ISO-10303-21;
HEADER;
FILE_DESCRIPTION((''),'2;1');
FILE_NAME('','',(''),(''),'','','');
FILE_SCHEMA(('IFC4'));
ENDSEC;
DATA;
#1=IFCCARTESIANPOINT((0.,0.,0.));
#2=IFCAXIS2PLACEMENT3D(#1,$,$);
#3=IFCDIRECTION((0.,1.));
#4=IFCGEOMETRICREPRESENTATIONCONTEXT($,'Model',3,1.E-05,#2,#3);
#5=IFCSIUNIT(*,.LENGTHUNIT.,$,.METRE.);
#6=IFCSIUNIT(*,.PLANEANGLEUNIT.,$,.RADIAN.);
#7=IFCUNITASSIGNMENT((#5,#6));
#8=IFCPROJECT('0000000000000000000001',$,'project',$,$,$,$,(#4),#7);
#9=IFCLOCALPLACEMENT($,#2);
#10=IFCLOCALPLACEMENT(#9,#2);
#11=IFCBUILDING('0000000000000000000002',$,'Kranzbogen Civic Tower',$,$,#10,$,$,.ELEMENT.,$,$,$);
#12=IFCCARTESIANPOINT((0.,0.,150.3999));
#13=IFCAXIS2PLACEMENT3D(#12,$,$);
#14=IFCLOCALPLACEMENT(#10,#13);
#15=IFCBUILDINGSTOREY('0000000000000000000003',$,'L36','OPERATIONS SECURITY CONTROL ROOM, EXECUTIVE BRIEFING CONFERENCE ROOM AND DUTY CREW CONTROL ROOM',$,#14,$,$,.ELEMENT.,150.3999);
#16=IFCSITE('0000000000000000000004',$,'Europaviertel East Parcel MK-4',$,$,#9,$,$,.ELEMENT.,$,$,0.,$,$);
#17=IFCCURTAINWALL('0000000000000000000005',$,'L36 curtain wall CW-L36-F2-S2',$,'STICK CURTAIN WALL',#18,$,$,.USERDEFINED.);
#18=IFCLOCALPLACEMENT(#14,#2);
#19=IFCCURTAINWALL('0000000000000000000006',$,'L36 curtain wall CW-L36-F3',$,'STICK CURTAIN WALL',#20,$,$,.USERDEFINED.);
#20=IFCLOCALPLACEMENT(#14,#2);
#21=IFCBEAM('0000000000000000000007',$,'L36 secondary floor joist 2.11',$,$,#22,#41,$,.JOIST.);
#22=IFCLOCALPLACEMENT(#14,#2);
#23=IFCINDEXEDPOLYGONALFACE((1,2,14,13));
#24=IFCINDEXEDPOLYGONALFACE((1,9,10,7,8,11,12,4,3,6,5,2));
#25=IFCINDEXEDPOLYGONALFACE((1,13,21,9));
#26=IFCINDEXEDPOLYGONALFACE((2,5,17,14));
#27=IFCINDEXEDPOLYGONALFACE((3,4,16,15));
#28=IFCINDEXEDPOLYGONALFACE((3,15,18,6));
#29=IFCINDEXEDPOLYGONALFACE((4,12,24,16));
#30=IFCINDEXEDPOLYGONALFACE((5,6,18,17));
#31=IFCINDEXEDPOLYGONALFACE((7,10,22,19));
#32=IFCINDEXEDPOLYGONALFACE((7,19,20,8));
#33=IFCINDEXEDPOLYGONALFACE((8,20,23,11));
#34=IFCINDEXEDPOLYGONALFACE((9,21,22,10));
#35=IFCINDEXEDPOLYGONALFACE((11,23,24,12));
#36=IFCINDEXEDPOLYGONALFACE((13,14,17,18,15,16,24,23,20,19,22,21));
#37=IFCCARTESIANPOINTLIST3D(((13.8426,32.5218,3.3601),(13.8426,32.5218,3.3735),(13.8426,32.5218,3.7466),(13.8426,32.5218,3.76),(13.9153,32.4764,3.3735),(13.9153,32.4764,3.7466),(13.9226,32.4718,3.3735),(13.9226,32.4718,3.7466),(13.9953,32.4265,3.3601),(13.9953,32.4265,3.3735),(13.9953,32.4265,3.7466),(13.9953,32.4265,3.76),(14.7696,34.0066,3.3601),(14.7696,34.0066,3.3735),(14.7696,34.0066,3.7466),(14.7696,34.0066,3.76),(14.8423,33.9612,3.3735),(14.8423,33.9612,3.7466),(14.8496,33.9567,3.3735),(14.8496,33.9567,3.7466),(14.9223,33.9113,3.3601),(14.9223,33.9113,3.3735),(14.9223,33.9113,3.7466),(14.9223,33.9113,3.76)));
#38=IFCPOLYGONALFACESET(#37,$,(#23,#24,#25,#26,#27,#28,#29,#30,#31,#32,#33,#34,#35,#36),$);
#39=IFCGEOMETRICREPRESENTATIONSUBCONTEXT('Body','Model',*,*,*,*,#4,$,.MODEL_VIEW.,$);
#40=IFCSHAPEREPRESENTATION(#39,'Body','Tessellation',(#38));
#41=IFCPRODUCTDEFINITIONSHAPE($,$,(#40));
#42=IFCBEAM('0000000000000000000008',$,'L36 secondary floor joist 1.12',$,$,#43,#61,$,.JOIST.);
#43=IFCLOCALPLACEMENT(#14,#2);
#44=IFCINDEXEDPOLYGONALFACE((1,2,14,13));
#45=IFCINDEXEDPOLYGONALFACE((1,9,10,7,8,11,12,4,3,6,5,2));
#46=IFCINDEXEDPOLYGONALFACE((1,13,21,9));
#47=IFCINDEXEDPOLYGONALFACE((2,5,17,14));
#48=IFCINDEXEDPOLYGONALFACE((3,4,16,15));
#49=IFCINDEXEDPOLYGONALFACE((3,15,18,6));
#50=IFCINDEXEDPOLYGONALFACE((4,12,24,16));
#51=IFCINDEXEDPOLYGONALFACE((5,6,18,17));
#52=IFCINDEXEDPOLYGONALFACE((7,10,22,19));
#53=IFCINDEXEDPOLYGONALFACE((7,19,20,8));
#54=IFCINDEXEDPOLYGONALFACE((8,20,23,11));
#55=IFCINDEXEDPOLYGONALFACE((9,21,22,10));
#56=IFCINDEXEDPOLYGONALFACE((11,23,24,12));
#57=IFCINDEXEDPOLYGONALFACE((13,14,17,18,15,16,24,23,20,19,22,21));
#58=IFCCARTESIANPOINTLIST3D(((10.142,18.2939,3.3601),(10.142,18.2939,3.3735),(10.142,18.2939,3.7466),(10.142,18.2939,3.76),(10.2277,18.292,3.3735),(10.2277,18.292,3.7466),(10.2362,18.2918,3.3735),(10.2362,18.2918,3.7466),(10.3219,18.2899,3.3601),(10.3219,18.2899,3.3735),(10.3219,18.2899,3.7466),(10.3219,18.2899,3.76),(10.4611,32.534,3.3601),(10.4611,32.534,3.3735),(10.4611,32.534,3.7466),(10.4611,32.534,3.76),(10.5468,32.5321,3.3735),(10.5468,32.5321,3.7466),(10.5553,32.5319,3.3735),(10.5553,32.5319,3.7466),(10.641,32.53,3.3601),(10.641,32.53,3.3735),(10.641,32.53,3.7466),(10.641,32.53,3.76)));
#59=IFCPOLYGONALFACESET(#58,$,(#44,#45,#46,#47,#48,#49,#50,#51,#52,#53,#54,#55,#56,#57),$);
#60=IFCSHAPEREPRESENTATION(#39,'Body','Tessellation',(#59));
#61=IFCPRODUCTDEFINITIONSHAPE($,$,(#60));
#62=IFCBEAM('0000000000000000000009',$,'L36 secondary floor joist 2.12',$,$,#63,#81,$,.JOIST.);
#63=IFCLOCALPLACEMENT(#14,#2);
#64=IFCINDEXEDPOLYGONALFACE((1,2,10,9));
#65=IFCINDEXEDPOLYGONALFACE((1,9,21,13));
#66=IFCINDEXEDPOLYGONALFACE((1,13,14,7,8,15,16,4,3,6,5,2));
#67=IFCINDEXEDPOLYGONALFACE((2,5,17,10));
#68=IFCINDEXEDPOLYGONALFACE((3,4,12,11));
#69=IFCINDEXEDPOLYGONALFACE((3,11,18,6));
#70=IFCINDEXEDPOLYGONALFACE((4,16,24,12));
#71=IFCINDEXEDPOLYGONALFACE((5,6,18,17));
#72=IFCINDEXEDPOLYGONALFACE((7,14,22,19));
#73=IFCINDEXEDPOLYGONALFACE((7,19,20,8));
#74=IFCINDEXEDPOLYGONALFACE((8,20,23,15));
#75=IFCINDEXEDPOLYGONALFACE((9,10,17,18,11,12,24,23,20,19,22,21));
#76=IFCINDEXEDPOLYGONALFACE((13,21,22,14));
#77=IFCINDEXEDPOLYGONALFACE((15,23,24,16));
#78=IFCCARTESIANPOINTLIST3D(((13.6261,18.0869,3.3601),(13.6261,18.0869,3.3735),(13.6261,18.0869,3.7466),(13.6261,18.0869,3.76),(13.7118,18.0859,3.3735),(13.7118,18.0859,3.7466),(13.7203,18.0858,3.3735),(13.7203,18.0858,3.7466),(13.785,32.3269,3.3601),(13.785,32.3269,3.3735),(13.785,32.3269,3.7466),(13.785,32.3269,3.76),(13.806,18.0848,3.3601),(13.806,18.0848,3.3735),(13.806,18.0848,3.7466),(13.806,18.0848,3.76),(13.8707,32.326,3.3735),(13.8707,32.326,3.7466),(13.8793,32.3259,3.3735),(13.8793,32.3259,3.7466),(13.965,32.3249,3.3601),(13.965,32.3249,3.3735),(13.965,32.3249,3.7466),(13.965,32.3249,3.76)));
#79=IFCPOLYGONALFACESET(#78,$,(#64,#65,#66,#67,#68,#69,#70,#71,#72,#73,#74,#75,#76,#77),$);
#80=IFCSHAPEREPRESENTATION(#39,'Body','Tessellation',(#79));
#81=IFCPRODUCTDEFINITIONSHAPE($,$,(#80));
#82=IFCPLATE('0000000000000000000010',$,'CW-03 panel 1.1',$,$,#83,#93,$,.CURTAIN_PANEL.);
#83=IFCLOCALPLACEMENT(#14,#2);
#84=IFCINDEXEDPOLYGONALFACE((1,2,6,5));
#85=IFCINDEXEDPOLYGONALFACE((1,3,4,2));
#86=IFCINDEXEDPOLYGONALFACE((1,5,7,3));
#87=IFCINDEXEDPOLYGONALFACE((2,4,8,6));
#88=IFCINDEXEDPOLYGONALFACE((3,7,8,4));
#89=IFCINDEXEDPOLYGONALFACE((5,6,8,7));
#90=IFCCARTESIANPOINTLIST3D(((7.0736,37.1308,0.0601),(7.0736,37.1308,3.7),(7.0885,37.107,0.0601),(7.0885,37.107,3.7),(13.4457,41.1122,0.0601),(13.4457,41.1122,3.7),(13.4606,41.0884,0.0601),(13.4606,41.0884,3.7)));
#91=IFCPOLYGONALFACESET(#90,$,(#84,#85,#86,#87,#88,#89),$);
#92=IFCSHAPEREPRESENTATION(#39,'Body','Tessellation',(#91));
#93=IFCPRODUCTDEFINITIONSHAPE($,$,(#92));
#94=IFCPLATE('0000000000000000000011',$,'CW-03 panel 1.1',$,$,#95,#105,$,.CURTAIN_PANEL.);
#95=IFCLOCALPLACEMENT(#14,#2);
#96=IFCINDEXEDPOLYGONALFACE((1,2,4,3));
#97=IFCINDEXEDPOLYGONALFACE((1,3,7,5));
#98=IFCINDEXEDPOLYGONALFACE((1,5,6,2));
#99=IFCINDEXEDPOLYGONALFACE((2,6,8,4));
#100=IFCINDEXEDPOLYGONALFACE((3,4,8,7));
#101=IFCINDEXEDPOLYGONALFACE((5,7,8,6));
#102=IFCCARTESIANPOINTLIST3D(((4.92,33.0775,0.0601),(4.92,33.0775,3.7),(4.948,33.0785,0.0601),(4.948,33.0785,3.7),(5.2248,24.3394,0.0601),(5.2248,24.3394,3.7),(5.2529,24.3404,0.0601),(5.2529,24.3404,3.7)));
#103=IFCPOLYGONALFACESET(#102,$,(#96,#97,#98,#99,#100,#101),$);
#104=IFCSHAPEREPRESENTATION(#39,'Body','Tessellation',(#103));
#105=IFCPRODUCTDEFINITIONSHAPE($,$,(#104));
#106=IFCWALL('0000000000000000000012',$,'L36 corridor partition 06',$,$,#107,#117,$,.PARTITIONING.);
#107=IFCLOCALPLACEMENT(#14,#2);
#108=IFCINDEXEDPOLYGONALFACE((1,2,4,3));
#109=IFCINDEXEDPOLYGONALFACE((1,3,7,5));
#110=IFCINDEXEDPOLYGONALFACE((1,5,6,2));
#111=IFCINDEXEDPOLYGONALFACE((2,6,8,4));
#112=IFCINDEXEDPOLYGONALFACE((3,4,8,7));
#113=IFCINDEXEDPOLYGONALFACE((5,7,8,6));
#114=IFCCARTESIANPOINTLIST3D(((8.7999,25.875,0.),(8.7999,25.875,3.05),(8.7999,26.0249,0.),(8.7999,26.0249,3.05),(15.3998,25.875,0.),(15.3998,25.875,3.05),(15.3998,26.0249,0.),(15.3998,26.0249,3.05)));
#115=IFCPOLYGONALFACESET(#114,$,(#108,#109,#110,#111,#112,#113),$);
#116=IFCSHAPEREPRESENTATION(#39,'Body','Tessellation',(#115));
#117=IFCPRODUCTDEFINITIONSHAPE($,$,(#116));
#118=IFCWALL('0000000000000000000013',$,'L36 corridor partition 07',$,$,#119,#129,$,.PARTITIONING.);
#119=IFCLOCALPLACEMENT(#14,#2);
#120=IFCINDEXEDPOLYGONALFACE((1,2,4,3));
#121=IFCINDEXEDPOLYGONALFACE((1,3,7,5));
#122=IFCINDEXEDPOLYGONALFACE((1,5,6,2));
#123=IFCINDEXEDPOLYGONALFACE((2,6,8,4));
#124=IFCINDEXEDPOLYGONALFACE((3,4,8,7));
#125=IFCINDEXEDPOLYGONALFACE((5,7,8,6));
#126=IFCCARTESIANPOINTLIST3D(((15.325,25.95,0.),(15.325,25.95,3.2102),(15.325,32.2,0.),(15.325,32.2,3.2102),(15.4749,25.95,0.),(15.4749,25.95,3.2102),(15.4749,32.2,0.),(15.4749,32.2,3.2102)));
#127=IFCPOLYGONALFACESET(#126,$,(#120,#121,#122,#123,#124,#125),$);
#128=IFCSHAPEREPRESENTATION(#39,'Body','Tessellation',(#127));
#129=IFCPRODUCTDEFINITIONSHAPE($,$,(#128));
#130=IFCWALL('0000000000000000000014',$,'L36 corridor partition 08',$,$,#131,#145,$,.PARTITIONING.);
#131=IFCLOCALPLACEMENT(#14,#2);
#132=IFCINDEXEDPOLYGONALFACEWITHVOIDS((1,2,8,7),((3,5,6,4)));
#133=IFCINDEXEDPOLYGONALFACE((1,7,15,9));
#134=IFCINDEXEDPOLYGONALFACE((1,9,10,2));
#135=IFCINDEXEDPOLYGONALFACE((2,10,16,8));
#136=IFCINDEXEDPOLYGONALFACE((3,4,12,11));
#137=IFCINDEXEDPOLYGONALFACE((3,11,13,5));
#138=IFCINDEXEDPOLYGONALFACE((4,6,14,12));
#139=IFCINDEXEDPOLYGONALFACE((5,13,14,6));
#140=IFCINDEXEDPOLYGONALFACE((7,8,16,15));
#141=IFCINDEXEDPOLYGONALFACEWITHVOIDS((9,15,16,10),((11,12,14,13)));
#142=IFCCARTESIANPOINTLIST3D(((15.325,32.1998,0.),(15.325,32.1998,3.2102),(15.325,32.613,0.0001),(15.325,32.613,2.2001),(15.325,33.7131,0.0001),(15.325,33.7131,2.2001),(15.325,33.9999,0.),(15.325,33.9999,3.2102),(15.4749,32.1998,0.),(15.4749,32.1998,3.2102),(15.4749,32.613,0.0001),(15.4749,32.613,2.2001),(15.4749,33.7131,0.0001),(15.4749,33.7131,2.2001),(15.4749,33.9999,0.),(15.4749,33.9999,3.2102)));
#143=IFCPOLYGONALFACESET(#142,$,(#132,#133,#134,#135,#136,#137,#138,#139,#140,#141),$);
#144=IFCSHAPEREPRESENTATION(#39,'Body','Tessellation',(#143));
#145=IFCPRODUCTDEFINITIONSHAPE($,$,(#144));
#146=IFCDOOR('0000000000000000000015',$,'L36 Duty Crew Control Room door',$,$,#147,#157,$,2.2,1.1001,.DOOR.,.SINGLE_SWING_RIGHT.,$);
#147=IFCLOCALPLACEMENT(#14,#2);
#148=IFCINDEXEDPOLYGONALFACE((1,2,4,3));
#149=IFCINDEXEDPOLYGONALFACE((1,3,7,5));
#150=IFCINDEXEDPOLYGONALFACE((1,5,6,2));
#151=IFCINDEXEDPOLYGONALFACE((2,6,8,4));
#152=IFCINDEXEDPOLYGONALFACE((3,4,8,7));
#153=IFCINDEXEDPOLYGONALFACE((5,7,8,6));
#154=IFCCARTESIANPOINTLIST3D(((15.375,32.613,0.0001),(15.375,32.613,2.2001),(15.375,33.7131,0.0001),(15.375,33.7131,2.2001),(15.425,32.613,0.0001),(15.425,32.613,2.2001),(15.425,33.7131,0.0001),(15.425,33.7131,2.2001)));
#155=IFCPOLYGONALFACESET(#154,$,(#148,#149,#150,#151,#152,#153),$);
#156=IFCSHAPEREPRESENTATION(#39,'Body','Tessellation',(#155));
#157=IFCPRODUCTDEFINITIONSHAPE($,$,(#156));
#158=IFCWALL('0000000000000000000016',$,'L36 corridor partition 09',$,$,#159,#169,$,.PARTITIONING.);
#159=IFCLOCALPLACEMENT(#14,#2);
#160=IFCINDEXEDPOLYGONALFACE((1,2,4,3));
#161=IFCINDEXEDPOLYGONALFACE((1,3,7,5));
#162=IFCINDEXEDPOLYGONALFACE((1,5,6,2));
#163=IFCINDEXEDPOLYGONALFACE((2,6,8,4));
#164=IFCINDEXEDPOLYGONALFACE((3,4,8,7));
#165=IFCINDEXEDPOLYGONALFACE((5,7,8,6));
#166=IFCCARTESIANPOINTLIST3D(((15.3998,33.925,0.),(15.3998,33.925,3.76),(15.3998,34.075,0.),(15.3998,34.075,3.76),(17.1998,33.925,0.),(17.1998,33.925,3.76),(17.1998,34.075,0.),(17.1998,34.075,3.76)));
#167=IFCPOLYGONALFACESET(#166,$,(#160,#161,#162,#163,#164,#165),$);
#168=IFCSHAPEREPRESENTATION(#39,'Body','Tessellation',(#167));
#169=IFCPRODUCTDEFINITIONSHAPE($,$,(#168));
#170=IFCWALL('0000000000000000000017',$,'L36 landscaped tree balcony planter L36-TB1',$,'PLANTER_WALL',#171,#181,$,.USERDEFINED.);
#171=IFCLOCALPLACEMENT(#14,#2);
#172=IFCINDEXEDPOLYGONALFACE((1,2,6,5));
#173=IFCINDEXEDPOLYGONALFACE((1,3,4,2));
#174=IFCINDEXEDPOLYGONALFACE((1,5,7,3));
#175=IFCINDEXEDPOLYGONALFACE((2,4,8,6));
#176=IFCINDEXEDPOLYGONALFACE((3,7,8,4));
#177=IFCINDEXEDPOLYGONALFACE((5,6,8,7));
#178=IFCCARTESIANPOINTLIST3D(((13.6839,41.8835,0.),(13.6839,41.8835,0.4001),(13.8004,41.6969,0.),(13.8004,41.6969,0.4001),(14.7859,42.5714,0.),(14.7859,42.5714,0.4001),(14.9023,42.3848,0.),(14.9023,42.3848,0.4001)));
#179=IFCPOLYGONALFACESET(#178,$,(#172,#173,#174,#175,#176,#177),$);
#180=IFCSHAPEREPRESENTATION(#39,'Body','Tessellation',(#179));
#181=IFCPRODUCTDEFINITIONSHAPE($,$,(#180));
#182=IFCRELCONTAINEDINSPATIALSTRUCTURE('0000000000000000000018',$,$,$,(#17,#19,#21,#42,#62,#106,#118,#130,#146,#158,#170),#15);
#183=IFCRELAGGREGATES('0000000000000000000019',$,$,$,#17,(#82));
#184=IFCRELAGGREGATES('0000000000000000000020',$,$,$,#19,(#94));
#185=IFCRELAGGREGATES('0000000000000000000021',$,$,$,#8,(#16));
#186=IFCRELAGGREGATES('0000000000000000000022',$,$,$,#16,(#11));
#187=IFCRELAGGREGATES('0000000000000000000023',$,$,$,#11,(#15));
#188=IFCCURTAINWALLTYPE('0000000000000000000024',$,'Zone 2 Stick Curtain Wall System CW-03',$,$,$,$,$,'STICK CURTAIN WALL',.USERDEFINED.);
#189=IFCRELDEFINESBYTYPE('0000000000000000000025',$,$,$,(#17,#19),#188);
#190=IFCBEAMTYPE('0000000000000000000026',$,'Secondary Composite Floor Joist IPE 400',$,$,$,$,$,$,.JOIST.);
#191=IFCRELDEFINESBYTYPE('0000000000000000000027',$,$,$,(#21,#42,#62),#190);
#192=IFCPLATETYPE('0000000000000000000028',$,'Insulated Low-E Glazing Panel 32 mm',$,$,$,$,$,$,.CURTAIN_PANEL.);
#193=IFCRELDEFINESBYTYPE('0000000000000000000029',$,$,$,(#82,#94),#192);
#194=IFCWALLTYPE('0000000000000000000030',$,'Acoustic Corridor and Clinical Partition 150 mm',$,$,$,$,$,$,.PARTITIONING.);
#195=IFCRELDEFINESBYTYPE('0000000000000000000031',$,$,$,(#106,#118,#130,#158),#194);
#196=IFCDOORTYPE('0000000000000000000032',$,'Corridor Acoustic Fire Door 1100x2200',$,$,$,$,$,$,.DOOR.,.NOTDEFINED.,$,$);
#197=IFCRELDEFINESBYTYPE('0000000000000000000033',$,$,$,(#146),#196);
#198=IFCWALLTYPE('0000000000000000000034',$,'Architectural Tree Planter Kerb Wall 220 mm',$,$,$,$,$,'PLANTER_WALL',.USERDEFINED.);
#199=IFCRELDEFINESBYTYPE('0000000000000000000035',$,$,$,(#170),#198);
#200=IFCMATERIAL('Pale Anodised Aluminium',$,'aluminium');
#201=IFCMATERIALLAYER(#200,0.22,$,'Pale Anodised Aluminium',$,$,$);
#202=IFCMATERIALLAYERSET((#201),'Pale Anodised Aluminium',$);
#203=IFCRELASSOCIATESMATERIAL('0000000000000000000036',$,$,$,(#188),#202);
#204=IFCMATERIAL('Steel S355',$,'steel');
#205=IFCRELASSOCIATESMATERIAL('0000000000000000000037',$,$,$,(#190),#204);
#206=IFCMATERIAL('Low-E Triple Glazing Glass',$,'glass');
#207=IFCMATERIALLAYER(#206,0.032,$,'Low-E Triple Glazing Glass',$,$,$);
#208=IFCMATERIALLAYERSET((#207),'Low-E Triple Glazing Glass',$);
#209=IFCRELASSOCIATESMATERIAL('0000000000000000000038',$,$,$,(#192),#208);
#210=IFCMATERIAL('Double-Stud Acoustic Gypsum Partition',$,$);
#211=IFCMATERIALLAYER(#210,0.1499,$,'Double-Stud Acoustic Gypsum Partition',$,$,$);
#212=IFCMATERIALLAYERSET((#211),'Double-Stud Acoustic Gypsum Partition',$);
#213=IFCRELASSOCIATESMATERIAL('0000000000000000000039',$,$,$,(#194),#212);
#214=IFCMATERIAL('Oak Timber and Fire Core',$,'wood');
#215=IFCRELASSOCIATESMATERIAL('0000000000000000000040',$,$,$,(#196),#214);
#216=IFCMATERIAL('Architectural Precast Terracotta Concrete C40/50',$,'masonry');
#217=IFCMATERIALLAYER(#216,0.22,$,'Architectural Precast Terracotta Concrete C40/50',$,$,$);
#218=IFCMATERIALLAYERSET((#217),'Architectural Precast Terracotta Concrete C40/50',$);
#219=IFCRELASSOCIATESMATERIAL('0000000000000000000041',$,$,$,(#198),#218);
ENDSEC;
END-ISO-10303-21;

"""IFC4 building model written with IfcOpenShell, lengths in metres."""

from ifc_helpers import new_model, si_unit, direction, frame, frame_2d, origin, origin_2d, place, context, subcontext, project, spatial, rectangle, i_section, extrude, material, layer, layer_set, material_profile, profile_set, type_object, element, fill, aggregate, save


model = new_model("IFC4")

# Units and contexts
model_context = context("Model", 3, precision=1e-05, world=origin(), true_north=direction((0.0, 1.0)))
body_context = subcontext(model_context, "Body", "Model", "MODEL_VIEW")
ifc_project = project(units=[si_unit("LENGTHUNIT", "METRE"), si_unit("PLANEANGLEUNIT", "RADIAN")], contexts=[model_context])

# Site, building, storey
site_placement = place(None, origin())
site = spatial("IfcSite", under=ifc_project, at=site_placement, Name="Europaviertel East Parcel MK-4", CompositionType="ELEMENT", RefElevation=0.0)
building_placement = place(site_placement, origin())
building = spatial("IfcBuilding", under=site, at=building_placement, Name="Kranzbogen Civic Tower", CompositionType="ELEMENT")
storey_placement = place(building_placement, frame((0.0, 0.0, 150.3999)))
storey = spatial("IfcBuildingStorey", under=building, at=storey_placement, Name="L36", Description="OPERATIONS SECURITY CONTROL ROOM, EXECUTIVE BRIEFING CONFERENCE ROOM AND DUTY CREW CONTROL ROOM", CompositionType="ELEMENT", Elevation=150.3999)

# Shared definitions
ifc_material_1 = material(Name="Steel S355", Category="steel")

# Shared definitions
ifc_material_2 = material(Name="Pale Anodised Aluminium", Category="aluminium")
ifc_layer_1 = layer(ifc_material_2, 0.22, Name="Pale Anodised Aluminium")
ifc_layer_set_1 = layer_set([ifc_layer_1], Name="Pale Anodised Aluminium")
curtain_wall_type = type_object("IfcCurtainWallType", Name="Zone 2 Stick Curtain Wall System CW-03", ElementType="STICK CURTAIN WALL", PredefinedType="USERDEFINED", material=ifc_layer_set_1)

# Curtain walls
curtain_wall_1_placement = place(storey_placement, origin())
curtain_wall_1 = element("IfcCurtainWall", 1, at=curtain_wall_1_placement, inside=storey, type_object=curtain_wall_type, Name="L36 curtain wall CW-L36-F2-S2", ObjectType="STICK CURTAIN WALL", PredefinedType="USERDEFINED")
curtain_wall_2_placement = place(storey_placement, origin())
curtain_wall_2 = element("IfcCurtainWall", 2, at=curtain_wall_2_placement, inside=storey, type_object=curtain_wall_type, Name="L36 curtain wall CW-L36-F3", ObjectType="STICK CURTAIN WALL", PredefinedType="USERDEFINED")

# Beams
ifc_material_profile_1 = material_profile(ifc_material_1, i_section(OverallWidth=0.1799, OverallDepth=0.3999, WebThickness=0.0085, FlangeThickness=0.0134, at=origin_2d()), Name="IPE 400")
ifc_profile_set_1 = profile_set([ifc_material_profile_1], Name="Steel S355")
beam_type_1 = type_object("IfcBeamType", Name="Secondary Composite Floor Joist IPE 400", PredefinedType="JOIST", material=ifc_profile_set_1)
beam_1_placement = place(storey_placement, frame((14.8459, 33.959, 3.5601), z_axis=(-0.529573, -0.848265, 0.0), x_axis=(0.848265, -0.529573, 0.0)))
element("IfcBeam", 3, at=beam_1_placement, inside=storey, type_object=beam_type_1, Name="L36 secondary floor joist 2.11", PredefinedType="JOIST", context=body_context, shape_type="SweptSolid", body=[
    extrude(i_section(OverallWidth=0.1799, OverallDepth=0.3999, WebThickness=0.0085, FlangeThickness=0.0134, at=origin_2d()), origin(), (0.0, 0.0, 1.0), 1.7505),
])
beam_2_placement = place(storey_placement, frame((10.551, 32.532, 3.5601), z_axis=(-0.022403, -0.999749, 0.0), x_axis=(0.999749, -0.022403, 0.0)))
element("IfcBeam", 4, at=beam_2_placement, inside=storey, type_object=beam_type_1, Name="L36 secondary floor joist 1.12", PredefinedType="JOIST", context=body_context, shape_type="SweptSolid", body=[
    extrude(i_section(OverallWidth=0.1799, OverallDepth=0.3999, WebThickness=0.0085, FlangeThickness=0.0134, at=origin_2d()), origin(), (0.0, 0.0, 1.0), 14.2437),
])
beam_3_placement = place(storey_placement, frame((13.875, 32.3259, 3.5601), z_axis=(-0.011161, -0.999938, 0.0), x_axis=(0.999938, -0.011161, 0.0)))
element("IfcBeam", 5, at=beam_3_placement, inside=storey, type_object=beam_type_1, Name="L36 secondary floor joist 2.12", PredefinedType="JOIST", context=body_context, shape_type="SweptSolid", body=[
    extrude(i_section(OverallWidth=0.1799, OverallDepth=0.3999, WebThickness=0.0085, FlangeThickness=0.0134, at=origin_2d()), origin(), (0.0, 0.0, 1.0), 14.241),
])

# Plates
ifc_material_3 = material(Name="Low-E Triple Glazing Glass", Category="glass")
ifc_layer_2 = layer(ifc_material_3, 0.032, Name="Low-E Triple Glazing Glass")
ifc_layer_set_2 = layer_set([ifc_layer_2], Name="Low-E Triple Glazing Glass")
plate_type = type_object("IfcPlateType", Name="Insulated Low-E Glazing Panel 32 mm", PredefinedType="CURTAIN_PANEL", material=ifc_layer_set_2)
plate_1_placement = place(storey_placement, frame((10.2671, 39.1096, 0.0601), z_axis=(0.0, 0.0, 1.0), x_axis=(-0.848072, -0.529881, 0.0)))
plate_1 = element("IfcPlate", 6, at=plate_1_placement, type_object=plate_type, Name="CW-03 panel 1.1", PredefinedType="CURTAIN_PANEL", context=body_context, shape_type="SweptSolid", body=[
    extrude(rectangle(XDim=7.5137, YDim=0.0281, at=origin_2d()), origin(), (0.0, 0.0, 1.0), 3.6399),
])
aggregate(curtain_wall_1, [plate_1])
plate_2_placement = place(storey_placement, frame((5.0864, 28.709, 0.0601), z_axis=(0.0, 0.0, 1.0), x_axis=(0.034868, -0.999392, 0.0)))
plate_2 = element("IfcPlate", 7, at=plate_2_placement, type_object=plate_type, Name="CW-03 panel 1.1", PredefinedType="CURTAIN_PANEL", context=body_context, shape_type="SweptSolid", body=[
    extrude(rectangle(XDim=8.7434, YDim=0.0281, at=origin_2d()), origin(), (0.0, 0.0, 1.0), 3.6399),
])
aggregate(curtain_wall_2, [plate_2])

# Walls
ifc_material_4 = material(Name="Double-Stud Acoustic Gypsum Partition")
ifc_layer_3 = layer(ifc_material_4, 0.1499, Name="Double-Stud Acoustic Gypsum Partition")
ifc_layer_set_3 = layer_set([ifc_layer_3], Name="Double-Stud Acoustic Gypsum Partition")
wall_type_1 = type_object("IfcWallType", Name="Acoustic Corridor and Clinical Partition 150 mm", PredefinedType="PARTITIONING", material=ifc_layer_set_3)
wall_1_placement = place(storey_placement, frame((8.8, 25.95, 0.0), z_axis=(0.0, 0.0, 1.0), x_axis=(1.0, 0.0, 0.0)))
element("IfcWall", 8, at=wall_1_placement, inside=storey, type_object=wall_type_1, Name="L36 corridor partition 06", PredefinedType="PARTITIONING", context=body_context, shape_type="SweptSolid", body=[
    extrude(rectangle(XDim=6.5999, YDim=0.1499, at=frame_2d((3.2998, 0.0))), origin(), (0.0, 0.0, 1.0), 3.05),
])
wall_2_placement = place(storey_placement, frame((15.3999, 25.95, 0.0), z_axis=(0.0, 0.0, 1.0), x_axis=(0.0, 1.0, 0.0)))
element("IfcWall", 9, at=wall_2_placement, inside=storey, type_object=wall_type_1, Name="L36 corridor partition 07", PredefinedType="PARTITIONING", context=body_context, shape_type="SweptSolid", body=[
    extrude(rectangle(XDim=6.25, YDim=0.1499, at=frame_2d((3.125, 0.0))), origin(), (0.0, 0.0, 1.0), 3.2102),
])

# Wall, opening, door
wall_3_placement = place(storey_placement, frame((15.3999, 32.2, 0.0), z_axis=(0.0, 0.0, 1.0), x_axis=(0.0, 1.0, 0.0)))
wall_3 = element("IfcWall", 10, at=wall_3_placement, inside=storey, type_object=wall_type_1, Name="L36 corridor partition 08", PredefinedType="PARTITIONING", context=body_context, shape_type="SweptSolid", body=[
    extrude(rectangle(XDim=1.8, YDim=0.1499, at=frame_2d((0.8999, 0.0))), origin(), (0.0, 0.0, 1.0), 3.2102),
])
opening_1_placement = place(wall_3_placement, frame((0.4131, 0.0, 0.0)))
opening_1 = element("IfcOpeningElement", 11, at=opening_1_placement, cuts=wall_3, PredefinedType="OPENING", context=body_context, shape_type="SweptSolid", body=[
    extrude(rectangle(XDim=1.1001, YDim=2.2, at=frame_2d((0.55, 1.1001))), frame((0.0, 0.085, 0.0), z_axis=(0.0, -1.0, 0.0), x_axis=(1.0, 0.0, 0.0)), (0.0, 0.0, 1.0), 0.1699),
])
ifc_material_5 = material(Name="Oak Timber and Fire Core", Category="wood")
door_type_1 = type_object("IfcDoorType", Name="Corridor Acoustic Fire Door 1100x2200", OperationType="NOTDEFINED", PredefinedType="DOOR", material=ifc_material_5)
door_1_placement = place(opening_1_placement, origin())
door_1 = element("IfcDoor", 12, at=door_1_placement, inside=storey, type_object=door_type_1, Name="L36 Duty Crew Control Room door", OperationType="SINGLE_SWING_RIGHT", OverallHeight=2.2, OverallWidth=1.1001, PredefinedType="DOOR", context=body_context, shape_type="SweptSolid", body=[
    extrude(rectangle(XDim=1.1001, YDim=2.2, at=frame_2d((0.55, 1.1001))), frame((0.0, 0.0249, 0.0), z_axis=(0.0, -1.0, 0.0), x_axis=(1.0, 0.0, 0.0)), (0.0, 0.0, 1.0), 0.05),
])
fill(opening_1, door_1)

# Walls
wall_4_placement = place(storey_placement, frame((15.3999, 34.0, 0.0), z_axis=(0.0, 0.0, 1.0), x_axis=(1.0, 0.0, 0.0)))
element("IfcWall", 13, at=wall_4_placement, inside=storey, type_object=wall_type_1, Name="L36 corridor partition 09", PredefinedType="PARTITIONING", context=body_context, shape_type="SweptSolid", body=[
    extrude(rectangle(XDim=1.8, YDim=0.1499, at=frame_2d((0.8999, 0.0))), origin(), (0.0, 0.0, 1.0), 3.76),
])
ifc_material_6 = material(Name="Architectural Precast Terracotta Concrete C40/50", Category="masonry")
ifc_layer_4 = layer(ifc_material_6, 0.22, Name="Architectural Precast Terracotta Concrete C40/50")
ifc_layer_set_4 = layer_set([ifc_layer_4], Name="Architectural Precast Terracotta Concrete C40/50")
wall_type_2 = type_object("IfcWallType", Name="Architectural Tree Planter Kerb Wall 220 mm", ElementType="PLANTER_WALL", PredefinedType="USERDEFINED", material=ifc_layer_set_4)
wall_5_placement = place(storey_placement, frame((14.844, 42.478, 0.0), z_axis=(0.0, 0.0, 1.0), x_axis=(-0.848273, -0.52956, 0.0)))
element("IfcWall", 14, at=wall_5_placement, inside=storey, type_object=wall_type_2, Name="L36 landscaped tree balcony planter L36-TB1", ObjectType="PLANTER_WALL", PredefinedType="USERDEFINED", context=body_context, shape_type="SweptSolid", body=[
    extrude(rectangle(XDim=1.2991, YDim=0.22, at=frame_2d((0.6494, 0.0))), origin(), (0.0, 0.0, 1.0), 0.4001),
])

save(model, "model.ifc")
